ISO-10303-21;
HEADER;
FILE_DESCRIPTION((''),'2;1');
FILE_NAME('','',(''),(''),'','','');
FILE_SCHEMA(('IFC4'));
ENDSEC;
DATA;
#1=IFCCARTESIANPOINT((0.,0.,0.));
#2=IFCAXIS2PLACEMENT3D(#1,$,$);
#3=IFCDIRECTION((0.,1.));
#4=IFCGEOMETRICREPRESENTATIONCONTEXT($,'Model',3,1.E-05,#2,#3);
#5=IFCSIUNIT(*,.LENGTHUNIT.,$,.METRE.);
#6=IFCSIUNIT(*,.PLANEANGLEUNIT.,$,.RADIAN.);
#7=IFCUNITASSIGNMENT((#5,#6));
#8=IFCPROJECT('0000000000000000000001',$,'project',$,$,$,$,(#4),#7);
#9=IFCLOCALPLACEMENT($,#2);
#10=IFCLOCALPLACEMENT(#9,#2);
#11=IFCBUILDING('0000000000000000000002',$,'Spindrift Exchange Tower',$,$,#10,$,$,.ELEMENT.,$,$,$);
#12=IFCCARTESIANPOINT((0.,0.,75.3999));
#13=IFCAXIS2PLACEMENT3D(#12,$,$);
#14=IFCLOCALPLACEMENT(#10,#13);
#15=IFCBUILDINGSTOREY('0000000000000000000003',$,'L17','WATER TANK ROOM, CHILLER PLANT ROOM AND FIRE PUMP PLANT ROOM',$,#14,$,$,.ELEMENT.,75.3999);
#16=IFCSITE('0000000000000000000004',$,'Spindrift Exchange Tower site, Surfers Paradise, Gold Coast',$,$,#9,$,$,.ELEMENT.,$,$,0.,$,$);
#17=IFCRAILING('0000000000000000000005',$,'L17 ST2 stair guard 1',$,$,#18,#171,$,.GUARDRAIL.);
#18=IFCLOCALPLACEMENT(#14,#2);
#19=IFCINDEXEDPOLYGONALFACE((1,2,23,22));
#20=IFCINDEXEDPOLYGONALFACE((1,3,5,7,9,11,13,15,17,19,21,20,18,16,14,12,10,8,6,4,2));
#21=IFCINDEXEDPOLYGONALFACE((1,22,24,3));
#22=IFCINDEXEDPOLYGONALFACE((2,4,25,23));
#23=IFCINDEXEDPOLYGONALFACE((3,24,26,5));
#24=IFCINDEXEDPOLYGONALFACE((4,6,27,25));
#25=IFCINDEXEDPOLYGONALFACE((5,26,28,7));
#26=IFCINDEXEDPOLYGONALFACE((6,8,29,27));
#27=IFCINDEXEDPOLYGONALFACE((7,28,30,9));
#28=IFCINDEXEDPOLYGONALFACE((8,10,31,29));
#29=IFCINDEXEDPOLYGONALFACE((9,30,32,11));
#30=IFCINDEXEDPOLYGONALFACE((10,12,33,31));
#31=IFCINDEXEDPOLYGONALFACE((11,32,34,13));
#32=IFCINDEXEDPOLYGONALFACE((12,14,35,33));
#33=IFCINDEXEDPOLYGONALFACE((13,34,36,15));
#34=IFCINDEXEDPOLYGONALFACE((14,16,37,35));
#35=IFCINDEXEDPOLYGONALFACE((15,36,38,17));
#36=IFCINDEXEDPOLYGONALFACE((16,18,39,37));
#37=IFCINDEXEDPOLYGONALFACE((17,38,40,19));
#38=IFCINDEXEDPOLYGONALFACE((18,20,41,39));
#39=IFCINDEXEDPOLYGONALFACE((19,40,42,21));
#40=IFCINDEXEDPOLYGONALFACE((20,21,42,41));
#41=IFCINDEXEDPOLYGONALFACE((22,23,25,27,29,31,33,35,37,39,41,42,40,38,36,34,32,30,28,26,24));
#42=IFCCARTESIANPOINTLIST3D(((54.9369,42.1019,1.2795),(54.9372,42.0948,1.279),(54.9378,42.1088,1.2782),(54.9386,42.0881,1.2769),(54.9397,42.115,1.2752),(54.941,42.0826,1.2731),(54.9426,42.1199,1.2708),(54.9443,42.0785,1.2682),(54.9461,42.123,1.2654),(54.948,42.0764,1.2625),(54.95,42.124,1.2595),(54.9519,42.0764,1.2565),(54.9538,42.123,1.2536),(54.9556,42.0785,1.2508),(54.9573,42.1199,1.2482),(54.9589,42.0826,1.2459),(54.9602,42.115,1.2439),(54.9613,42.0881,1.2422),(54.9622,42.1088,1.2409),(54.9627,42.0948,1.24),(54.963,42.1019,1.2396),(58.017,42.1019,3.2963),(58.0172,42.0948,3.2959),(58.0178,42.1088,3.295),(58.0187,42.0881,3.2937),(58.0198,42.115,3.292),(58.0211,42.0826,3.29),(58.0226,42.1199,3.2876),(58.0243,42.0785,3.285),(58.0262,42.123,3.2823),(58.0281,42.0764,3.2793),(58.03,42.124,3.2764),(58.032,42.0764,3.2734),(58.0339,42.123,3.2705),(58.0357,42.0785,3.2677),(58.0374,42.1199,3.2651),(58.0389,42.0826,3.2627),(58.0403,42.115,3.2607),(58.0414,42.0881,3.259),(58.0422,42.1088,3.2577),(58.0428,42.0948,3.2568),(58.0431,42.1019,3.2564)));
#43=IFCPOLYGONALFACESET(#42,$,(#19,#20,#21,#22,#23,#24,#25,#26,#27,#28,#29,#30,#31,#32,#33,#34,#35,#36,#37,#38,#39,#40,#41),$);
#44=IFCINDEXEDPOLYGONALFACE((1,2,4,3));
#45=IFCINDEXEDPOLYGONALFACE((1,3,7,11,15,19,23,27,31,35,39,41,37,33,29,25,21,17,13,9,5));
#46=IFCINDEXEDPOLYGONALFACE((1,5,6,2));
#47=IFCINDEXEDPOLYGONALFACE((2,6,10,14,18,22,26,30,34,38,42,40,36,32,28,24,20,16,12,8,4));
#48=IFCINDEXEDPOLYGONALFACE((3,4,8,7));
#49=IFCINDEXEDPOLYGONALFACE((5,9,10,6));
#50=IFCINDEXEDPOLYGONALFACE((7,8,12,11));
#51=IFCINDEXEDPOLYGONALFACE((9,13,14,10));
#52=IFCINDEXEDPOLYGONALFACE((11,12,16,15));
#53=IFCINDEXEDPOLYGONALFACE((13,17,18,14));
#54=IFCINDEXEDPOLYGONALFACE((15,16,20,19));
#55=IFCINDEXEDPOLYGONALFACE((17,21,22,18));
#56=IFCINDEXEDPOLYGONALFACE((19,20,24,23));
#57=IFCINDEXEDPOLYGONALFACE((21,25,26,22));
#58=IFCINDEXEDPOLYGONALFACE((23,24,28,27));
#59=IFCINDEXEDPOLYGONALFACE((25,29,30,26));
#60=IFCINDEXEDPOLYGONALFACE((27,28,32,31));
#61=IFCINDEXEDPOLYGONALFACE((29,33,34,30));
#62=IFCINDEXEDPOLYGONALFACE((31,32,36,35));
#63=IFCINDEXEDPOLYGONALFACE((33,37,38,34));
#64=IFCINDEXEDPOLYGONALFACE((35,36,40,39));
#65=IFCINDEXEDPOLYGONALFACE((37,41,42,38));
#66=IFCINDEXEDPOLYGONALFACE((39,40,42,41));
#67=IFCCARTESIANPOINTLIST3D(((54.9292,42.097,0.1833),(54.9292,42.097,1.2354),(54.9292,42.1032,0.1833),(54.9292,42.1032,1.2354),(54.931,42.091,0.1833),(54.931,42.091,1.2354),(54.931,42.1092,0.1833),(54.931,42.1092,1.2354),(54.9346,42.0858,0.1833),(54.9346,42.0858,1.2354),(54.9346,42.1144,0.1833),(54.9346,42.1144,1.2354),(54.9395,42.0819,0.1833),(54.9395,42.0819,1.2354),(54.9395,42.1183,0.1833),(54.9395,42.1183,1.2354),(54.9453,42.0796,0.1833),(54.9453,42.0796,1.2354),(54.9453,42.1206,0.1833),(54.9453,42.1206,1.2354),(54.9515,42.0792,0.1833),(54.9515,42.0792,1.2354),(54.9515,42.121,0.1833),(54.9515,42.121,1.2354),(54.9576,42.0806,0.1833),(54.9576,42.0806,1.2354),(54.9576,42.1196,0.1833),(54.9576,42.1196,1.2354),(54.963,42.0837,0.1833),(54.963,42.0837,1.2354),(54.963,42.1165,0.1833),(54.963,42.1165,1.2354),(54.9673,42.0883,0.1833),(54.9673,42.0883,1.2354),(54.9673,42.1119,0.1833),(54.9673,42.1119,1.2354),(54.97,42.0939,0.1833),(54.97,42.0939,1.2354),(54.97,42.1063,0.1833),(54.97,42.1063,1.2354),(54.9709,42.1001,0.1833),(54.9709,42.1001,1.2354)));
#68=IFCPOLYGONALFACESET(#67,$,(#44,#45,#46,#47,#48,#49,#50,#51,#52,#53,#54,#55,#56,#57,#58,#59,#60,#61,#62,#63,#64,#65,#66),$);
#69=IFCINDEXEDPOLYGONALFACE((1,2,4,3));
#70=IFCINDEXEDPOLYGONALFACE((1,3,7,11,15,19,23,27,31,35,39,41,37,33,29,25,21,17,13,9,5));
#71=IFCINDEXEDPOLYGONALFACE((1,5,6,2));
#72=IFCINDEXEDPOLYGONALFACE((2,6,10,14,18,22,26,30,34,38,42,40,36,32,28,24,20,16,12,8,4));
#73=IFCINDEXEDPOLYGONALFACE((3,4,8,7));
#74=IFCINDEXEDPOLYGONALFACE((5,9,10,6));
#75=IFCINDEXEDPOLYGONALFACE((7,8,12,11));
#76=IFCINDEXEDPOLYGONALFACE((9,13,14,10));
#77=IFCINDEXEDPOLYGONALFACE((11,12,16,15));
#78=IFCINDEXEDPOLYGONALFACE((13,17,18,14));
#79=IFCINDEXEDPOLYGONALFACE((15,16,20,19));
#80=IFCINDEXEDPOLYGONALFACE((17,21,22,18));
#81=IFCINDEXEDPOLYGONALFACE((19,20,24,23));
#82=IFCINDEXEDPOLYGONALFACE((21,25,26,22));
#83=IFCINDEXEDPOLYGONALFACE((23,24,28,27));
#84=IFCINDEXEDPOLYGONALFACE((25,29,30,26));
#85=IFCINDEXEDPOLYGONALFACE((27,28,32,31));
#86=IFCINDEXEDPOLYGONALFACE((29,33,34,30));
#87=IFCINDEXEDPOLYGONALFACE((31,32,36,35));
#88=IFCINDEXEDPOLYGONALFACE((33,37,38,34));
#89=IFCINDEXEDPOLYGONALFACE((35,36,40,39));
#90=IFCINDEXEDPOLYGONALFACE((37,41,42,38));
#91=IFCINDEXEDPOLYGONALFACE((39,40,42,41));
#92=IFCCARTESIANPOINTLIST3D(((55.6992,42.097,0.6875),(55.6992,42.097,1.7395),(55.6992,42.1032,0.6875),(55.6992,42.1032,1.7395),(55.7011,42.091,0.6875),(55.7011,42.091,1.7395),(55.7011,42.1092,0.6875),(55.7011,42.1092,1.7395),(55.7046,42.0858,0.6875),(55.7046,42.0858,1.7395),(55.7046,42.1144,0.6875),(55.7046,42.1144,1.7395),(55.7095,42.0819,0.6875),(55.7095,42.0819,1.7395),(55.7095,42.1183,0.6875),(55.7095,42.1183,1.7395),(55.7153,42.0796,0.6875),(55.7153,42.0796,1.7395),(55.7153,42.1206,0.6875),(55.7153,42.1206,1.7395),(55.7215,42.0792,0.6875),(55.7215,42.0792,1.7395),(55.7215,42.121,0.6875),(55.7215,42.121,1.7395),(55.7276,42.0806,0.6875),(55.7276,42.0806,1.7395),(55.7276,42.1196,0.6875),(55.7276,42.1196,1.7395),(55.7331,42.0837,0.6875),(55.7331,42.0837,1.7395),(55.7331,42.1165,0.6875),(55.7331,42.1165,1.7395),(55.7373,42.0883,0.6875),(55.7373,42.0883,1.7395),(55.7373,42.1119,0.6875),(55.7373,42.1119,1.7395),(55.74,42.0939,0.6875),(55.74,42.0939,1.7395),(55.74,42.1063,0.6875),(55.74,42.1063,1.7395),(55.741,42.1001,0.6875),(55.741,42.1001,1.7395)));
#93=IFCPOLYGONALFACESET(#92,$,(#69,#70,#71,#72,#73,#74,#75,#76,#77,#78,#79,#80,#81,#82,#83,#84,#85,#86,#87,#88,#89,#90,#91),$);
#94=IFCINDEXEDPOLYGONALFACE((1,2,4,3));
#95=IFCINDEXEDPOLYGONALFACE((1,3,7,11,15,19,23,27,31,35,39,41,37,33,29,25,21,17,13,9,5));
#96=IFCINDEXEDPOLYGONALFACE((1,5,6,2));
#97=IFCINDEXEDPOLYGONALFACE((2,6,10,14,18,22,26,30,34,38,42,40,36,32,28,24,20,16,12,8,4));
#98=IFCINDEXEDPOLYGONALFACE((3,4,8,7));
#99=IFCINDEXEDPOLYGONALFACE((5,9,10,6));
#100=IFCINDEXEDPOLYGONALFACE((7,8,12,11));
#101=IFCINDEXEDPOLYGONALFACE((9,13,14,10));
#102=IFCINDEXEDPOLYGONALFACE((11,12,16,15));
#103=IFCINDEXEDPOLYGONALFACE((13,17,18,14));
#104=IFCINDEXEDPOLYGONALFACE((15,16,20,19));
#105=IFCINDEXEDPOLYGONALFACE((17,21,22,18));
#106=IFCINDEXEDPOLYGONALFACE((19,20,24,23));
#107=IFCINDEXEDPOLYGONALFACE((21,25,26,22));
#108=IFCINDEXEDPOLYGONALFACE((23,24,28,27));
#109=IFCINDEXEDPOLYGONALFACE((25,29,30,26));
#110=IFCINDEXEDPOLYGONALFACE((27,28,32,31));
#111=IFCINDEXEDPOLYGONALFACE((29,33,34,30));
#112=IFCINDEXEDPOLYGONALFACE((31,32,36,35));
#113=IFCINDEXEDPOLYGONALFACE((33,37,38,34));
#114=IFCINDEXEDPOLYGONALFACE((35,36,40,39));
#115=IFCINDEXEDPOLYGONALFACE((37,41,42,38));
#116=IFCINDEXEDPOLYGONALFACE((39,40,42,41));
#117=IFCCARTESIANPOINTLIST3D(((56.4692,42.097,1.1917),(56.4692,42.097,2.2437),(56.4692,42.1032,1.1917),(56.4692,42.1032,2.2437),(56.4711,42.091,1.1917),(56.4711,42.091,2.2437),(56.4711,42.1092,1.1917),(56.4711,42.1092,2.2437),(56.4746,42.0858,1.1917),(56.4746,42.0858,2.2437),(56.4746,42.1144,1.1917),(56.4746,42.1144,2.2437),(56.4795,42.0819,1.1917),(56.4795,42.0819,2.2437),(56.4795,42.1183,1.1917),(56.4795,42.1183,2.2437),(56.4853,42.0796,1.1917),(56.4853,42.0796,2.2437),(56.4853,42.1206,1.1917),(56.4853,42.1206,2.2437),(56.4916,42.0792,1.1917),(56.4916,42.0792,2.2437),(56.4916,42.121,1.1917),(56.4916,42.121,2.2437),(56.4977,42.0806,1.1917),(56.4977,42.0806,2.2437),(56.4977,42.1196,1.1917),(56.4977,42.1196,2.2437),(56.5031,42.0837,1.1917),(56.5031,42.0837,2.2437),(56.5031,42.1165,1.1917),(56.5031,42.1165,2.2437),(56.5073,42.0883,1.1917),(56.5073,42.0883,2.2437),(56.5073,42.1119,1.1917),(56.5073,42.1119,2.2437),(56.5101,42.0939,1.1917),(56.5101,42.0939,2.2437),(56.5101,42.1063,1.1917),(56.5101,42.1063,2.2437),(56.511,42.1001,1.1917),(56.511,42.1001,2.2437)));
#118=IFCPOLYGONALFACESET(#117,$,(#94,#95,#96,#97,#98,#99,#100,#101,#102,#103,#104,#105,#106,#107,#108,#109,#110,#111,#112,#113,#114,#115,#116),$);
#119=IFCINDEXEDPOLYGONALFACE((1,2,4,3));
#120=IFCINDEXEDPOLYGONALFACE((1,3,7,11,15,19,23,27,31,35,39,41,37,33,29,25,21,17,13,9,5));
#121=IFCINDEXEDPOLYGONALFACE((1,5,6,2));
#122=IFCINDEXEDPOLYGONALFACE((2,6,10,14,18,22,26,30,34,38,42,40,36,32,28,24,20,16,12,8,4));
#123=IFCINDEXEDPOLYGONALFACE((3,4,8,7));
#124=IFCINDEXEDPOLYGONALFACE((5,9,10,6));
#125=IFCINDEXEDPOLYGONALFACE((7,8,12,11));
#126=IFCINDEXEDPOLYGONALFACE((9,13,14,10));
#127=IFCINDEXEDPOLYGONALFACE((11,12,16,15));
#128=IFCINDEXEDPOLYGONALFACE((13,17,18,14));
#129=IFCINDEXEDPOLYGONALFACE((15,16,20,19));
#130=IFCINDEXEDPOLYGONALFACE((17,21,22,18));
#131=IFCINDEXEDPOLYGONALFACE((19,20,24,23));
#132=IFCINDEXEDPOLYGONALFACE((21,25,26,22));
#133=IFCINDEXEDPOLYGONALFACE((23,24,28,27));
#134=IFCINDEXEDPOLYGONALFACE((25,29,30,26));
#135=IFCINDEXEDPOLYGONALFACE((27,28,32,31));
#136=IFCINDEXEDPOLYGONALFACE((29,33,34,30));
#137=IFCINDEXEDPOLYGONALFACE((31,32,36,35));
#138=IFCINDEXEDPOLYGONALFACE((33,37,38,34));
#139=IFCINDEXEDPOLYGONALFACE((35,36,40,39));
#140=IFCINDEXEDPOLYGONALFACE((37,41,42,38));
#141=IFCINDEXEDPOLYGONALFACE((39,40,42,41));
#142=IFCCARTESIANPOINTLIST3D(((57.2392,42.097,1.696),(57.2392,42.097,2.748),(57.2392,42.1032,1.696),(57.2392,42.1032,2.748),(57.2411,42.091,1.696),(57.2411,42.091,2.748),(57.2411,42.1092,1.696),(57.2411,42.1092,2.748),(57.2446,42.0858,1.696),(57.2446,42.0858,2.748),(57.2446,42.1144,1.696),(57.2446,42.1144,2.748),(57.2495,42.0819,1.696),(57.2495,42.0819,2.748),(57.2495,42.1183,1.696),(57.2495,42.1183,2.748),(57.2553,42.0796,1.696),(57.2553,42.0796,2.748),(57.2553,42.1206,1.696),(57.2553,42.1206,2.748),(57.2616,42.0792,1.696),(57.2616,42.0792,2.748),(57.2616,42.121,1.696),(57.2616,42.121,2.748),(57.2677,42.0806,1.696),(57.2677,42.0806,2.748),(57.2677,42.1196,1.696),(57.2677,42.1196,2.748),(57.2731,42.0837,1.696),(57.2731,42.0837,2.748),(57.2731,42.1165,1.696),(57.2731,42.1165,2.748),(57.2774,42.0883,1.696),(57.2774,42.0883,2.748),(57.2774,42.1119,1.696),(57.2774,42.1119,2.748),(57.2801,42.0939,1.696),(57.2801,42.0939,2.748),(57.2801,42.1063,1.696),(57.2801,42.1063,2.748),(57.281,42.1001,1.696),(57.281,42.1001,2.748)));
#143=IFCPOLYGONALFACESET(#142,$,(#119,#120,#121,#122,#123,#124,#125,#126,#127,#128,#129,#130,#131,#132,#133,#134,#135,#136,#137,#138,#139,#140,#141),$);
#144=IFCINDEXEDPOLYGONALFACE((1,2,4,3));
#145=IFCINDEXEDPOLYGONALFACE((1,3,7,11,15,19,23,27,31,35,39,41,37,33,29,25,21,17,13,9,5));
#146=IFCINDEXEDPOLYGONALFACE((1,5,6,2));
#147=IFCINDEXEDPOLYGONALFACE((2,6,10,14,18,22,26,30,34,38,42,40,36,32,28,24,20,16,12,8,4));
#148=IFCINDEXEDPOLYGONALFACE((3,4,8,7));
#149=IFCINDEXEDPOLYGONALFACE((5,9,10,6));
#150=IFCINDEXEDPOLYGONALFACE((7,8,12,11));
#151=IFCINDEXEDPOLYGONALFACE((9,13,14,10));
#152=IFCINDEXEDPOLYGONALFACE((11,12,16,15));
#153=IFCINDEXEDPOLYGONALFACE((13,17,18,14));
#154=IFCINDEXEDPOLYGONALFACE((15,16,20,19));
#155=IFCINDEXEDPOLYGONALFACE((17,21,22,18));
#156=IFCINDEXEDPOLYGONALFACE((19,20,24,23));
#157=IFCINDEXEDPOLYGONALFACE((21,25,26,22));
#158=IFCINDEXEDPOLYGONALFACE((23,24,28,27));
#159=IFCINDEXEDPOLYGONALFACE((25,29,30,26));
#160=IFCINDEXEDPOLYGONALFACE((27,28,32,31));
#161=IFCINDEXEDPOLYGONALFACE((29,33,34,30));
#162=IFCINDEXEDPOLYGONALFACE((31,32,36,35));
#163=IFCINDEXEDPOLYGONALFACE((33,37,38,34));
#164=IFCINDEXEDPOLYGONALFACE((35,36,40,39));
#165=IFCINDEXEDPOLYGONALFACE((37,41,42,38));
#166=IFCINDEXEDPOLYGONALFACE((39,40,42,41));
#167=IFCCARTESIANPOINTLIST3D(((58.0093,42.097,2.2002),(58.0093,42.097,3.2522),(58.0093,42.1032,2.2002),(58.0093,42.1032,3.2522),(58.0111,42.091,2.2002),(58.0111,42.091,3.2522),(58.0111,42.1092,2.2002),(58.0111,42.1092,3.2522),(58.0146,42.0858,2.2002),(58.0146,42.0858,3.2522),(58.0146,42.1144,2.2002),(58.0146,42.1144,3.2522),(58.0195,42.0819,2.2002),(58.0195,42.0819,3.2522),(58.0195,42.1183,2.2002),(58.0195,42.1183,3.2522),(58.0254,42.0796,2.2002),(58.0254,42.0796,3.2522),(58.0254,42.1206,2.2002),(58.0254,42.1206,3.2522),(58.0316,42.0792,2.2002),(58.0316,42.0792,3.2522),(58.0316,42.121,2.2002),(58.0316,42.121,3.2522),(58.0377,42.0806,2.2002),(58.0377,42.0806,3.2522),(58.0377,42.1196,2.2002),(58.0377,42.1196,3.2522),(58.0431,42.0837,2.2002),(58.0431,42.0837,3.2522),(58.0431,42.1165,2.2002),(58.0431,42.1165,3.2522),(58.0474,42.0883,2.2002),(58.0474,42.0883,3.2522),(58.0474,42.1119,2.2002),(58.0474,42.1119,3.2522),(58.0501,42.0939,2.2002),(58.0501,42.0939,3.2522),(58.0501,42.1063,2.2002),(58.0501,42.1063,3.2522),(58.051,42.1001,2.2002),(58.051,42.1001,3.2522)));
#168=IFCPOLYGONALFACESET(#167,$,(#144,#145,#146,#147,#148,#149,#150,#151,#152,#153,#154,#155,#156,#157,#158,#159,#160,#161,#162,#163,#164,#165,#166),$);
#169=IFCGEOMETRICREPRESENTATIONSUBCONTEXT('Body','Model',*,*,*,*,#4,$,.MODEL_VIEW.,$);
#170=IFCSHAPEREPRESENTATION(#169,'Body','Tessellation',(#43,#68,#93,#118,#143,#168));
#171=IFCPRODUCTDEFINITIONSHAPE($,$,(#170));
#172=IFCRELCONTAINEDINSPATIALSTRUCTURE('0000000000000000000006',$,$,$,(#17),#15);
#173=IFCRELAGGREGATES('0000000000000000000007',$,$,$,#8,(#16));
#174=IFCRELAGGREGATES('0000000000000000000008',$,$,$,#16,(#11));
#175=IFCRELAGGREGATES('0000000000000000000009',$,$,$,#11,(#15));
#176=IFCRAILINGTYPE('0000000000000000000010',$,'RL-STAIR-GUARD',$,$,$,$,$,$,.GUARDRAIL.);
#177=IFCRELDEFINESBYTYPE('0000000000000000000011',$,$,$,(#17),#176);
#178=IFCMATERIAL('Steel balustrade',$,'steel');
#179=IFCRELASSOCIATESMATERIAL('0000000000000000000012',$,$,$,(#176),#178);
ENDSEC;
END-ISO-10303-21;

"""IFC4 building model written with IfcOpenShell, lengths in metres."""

from ifc_helpers import new_model, si_unit, direction, frame, origin, origin_2d, place, context, subcontext, project, spatial, circle, extrude, material, type_object, element, save


model = new_model("IFC4")

# Units and contexts
model_context = context("Model", 3, precision=1e-05, world=origin(), true_north=direction((0.0, 1.0)))
body_context = subcontext(model_context, "Body", "Model", "MODEL_VIEW")
ifc_project = project(units=[si_unit("LENGTHUNIT", "METRE"), si_unit("PLANEANGLEUNIT", "RADIAN")], contexts=[model_context])

# Site, building, storey
site_placement = place(None, origin())
site = spatial("IfcSite", under=ifc_project, at=site_placement, Name="Spindrift Exchange Tower site, Surfers Paradise, Gold Coast", CompositionType="ELEMENT", RefElevation=0.0)
building_placement = place(site_placement, origin())
building = spatial("IfcBuilding", under=site, at=building_placement, Name="Spindrift Exchange Tower", CompositionType="ELEMENT")
storey_placement = place(building_placement, frame((0.0, 0.0, 75.3999)))
storey = spatial("IfcBuildingStorey", under=building, at=storey_placement, Name="L17", Description="WATER TANK ROOM, CHILLER PLANT ROOM AND FIRE PUMP PLANT ROOM", CompositionType="ELEMENT", Elevation=75.3999)

# Railing
ifc_material_1 = material(Name="Steel balustrade", Category="steel")
railing_type_1 = type_object("IfcRailingType", Name="RL-STAIR-GUARD", PredefinedType="GUARDRAIL", material=ifc_material_1)
railing_1_placement = place(storey_placement, frame((54.95, 42.1001, 0.1833)))
element("IfcRailing", 1, at=railing_1_placement, inside=storey, type_object=railing_type_1, Name="L17 ST2 stair guard 1", PredefinedType="GUARDRAIL", context=body_context, shape_type="SweptSolid", body=[
    extrude(circle(Radius=0.0239, at=origin_2d()), frame((0.0, 0.0, 1.0762), z_axis=(0.836603, 0.0, 0.54781), x_axis=(0.0, 1.0, 0.0)), (0.0, 0.0, 1.0), 3.6816),
    extrude(circle(Radius=0.021, at=origin_2d()), origin(), (0.0, 0.0, 1.0), 1.052),
    extrude(circle(Radius=0.021, at=origin_2d()), frame((0.77, 0.0, 0.5042)), (0.0, 0.0, 1.0), 1.052),
    extrude(circle(Radius=0.021, at=origin_2d()), frame((1.54, 0.0, 1.0083)), (0.0, 0.0, 1.0), 1.052),
    extrude(circle(Radius=0.021, at=origin_2d()), frame((2.3101, 0.0, 1.5127)), (0.0, 0.0, 1.0), 1.052),
    extrude(circle(Radius=0.021, at=origin_2d()), frame((3.0801, 0.0, 2.0168)), (0.0, 0.0, 1.0), 1.052),
])

save(model, "model.ifc")
